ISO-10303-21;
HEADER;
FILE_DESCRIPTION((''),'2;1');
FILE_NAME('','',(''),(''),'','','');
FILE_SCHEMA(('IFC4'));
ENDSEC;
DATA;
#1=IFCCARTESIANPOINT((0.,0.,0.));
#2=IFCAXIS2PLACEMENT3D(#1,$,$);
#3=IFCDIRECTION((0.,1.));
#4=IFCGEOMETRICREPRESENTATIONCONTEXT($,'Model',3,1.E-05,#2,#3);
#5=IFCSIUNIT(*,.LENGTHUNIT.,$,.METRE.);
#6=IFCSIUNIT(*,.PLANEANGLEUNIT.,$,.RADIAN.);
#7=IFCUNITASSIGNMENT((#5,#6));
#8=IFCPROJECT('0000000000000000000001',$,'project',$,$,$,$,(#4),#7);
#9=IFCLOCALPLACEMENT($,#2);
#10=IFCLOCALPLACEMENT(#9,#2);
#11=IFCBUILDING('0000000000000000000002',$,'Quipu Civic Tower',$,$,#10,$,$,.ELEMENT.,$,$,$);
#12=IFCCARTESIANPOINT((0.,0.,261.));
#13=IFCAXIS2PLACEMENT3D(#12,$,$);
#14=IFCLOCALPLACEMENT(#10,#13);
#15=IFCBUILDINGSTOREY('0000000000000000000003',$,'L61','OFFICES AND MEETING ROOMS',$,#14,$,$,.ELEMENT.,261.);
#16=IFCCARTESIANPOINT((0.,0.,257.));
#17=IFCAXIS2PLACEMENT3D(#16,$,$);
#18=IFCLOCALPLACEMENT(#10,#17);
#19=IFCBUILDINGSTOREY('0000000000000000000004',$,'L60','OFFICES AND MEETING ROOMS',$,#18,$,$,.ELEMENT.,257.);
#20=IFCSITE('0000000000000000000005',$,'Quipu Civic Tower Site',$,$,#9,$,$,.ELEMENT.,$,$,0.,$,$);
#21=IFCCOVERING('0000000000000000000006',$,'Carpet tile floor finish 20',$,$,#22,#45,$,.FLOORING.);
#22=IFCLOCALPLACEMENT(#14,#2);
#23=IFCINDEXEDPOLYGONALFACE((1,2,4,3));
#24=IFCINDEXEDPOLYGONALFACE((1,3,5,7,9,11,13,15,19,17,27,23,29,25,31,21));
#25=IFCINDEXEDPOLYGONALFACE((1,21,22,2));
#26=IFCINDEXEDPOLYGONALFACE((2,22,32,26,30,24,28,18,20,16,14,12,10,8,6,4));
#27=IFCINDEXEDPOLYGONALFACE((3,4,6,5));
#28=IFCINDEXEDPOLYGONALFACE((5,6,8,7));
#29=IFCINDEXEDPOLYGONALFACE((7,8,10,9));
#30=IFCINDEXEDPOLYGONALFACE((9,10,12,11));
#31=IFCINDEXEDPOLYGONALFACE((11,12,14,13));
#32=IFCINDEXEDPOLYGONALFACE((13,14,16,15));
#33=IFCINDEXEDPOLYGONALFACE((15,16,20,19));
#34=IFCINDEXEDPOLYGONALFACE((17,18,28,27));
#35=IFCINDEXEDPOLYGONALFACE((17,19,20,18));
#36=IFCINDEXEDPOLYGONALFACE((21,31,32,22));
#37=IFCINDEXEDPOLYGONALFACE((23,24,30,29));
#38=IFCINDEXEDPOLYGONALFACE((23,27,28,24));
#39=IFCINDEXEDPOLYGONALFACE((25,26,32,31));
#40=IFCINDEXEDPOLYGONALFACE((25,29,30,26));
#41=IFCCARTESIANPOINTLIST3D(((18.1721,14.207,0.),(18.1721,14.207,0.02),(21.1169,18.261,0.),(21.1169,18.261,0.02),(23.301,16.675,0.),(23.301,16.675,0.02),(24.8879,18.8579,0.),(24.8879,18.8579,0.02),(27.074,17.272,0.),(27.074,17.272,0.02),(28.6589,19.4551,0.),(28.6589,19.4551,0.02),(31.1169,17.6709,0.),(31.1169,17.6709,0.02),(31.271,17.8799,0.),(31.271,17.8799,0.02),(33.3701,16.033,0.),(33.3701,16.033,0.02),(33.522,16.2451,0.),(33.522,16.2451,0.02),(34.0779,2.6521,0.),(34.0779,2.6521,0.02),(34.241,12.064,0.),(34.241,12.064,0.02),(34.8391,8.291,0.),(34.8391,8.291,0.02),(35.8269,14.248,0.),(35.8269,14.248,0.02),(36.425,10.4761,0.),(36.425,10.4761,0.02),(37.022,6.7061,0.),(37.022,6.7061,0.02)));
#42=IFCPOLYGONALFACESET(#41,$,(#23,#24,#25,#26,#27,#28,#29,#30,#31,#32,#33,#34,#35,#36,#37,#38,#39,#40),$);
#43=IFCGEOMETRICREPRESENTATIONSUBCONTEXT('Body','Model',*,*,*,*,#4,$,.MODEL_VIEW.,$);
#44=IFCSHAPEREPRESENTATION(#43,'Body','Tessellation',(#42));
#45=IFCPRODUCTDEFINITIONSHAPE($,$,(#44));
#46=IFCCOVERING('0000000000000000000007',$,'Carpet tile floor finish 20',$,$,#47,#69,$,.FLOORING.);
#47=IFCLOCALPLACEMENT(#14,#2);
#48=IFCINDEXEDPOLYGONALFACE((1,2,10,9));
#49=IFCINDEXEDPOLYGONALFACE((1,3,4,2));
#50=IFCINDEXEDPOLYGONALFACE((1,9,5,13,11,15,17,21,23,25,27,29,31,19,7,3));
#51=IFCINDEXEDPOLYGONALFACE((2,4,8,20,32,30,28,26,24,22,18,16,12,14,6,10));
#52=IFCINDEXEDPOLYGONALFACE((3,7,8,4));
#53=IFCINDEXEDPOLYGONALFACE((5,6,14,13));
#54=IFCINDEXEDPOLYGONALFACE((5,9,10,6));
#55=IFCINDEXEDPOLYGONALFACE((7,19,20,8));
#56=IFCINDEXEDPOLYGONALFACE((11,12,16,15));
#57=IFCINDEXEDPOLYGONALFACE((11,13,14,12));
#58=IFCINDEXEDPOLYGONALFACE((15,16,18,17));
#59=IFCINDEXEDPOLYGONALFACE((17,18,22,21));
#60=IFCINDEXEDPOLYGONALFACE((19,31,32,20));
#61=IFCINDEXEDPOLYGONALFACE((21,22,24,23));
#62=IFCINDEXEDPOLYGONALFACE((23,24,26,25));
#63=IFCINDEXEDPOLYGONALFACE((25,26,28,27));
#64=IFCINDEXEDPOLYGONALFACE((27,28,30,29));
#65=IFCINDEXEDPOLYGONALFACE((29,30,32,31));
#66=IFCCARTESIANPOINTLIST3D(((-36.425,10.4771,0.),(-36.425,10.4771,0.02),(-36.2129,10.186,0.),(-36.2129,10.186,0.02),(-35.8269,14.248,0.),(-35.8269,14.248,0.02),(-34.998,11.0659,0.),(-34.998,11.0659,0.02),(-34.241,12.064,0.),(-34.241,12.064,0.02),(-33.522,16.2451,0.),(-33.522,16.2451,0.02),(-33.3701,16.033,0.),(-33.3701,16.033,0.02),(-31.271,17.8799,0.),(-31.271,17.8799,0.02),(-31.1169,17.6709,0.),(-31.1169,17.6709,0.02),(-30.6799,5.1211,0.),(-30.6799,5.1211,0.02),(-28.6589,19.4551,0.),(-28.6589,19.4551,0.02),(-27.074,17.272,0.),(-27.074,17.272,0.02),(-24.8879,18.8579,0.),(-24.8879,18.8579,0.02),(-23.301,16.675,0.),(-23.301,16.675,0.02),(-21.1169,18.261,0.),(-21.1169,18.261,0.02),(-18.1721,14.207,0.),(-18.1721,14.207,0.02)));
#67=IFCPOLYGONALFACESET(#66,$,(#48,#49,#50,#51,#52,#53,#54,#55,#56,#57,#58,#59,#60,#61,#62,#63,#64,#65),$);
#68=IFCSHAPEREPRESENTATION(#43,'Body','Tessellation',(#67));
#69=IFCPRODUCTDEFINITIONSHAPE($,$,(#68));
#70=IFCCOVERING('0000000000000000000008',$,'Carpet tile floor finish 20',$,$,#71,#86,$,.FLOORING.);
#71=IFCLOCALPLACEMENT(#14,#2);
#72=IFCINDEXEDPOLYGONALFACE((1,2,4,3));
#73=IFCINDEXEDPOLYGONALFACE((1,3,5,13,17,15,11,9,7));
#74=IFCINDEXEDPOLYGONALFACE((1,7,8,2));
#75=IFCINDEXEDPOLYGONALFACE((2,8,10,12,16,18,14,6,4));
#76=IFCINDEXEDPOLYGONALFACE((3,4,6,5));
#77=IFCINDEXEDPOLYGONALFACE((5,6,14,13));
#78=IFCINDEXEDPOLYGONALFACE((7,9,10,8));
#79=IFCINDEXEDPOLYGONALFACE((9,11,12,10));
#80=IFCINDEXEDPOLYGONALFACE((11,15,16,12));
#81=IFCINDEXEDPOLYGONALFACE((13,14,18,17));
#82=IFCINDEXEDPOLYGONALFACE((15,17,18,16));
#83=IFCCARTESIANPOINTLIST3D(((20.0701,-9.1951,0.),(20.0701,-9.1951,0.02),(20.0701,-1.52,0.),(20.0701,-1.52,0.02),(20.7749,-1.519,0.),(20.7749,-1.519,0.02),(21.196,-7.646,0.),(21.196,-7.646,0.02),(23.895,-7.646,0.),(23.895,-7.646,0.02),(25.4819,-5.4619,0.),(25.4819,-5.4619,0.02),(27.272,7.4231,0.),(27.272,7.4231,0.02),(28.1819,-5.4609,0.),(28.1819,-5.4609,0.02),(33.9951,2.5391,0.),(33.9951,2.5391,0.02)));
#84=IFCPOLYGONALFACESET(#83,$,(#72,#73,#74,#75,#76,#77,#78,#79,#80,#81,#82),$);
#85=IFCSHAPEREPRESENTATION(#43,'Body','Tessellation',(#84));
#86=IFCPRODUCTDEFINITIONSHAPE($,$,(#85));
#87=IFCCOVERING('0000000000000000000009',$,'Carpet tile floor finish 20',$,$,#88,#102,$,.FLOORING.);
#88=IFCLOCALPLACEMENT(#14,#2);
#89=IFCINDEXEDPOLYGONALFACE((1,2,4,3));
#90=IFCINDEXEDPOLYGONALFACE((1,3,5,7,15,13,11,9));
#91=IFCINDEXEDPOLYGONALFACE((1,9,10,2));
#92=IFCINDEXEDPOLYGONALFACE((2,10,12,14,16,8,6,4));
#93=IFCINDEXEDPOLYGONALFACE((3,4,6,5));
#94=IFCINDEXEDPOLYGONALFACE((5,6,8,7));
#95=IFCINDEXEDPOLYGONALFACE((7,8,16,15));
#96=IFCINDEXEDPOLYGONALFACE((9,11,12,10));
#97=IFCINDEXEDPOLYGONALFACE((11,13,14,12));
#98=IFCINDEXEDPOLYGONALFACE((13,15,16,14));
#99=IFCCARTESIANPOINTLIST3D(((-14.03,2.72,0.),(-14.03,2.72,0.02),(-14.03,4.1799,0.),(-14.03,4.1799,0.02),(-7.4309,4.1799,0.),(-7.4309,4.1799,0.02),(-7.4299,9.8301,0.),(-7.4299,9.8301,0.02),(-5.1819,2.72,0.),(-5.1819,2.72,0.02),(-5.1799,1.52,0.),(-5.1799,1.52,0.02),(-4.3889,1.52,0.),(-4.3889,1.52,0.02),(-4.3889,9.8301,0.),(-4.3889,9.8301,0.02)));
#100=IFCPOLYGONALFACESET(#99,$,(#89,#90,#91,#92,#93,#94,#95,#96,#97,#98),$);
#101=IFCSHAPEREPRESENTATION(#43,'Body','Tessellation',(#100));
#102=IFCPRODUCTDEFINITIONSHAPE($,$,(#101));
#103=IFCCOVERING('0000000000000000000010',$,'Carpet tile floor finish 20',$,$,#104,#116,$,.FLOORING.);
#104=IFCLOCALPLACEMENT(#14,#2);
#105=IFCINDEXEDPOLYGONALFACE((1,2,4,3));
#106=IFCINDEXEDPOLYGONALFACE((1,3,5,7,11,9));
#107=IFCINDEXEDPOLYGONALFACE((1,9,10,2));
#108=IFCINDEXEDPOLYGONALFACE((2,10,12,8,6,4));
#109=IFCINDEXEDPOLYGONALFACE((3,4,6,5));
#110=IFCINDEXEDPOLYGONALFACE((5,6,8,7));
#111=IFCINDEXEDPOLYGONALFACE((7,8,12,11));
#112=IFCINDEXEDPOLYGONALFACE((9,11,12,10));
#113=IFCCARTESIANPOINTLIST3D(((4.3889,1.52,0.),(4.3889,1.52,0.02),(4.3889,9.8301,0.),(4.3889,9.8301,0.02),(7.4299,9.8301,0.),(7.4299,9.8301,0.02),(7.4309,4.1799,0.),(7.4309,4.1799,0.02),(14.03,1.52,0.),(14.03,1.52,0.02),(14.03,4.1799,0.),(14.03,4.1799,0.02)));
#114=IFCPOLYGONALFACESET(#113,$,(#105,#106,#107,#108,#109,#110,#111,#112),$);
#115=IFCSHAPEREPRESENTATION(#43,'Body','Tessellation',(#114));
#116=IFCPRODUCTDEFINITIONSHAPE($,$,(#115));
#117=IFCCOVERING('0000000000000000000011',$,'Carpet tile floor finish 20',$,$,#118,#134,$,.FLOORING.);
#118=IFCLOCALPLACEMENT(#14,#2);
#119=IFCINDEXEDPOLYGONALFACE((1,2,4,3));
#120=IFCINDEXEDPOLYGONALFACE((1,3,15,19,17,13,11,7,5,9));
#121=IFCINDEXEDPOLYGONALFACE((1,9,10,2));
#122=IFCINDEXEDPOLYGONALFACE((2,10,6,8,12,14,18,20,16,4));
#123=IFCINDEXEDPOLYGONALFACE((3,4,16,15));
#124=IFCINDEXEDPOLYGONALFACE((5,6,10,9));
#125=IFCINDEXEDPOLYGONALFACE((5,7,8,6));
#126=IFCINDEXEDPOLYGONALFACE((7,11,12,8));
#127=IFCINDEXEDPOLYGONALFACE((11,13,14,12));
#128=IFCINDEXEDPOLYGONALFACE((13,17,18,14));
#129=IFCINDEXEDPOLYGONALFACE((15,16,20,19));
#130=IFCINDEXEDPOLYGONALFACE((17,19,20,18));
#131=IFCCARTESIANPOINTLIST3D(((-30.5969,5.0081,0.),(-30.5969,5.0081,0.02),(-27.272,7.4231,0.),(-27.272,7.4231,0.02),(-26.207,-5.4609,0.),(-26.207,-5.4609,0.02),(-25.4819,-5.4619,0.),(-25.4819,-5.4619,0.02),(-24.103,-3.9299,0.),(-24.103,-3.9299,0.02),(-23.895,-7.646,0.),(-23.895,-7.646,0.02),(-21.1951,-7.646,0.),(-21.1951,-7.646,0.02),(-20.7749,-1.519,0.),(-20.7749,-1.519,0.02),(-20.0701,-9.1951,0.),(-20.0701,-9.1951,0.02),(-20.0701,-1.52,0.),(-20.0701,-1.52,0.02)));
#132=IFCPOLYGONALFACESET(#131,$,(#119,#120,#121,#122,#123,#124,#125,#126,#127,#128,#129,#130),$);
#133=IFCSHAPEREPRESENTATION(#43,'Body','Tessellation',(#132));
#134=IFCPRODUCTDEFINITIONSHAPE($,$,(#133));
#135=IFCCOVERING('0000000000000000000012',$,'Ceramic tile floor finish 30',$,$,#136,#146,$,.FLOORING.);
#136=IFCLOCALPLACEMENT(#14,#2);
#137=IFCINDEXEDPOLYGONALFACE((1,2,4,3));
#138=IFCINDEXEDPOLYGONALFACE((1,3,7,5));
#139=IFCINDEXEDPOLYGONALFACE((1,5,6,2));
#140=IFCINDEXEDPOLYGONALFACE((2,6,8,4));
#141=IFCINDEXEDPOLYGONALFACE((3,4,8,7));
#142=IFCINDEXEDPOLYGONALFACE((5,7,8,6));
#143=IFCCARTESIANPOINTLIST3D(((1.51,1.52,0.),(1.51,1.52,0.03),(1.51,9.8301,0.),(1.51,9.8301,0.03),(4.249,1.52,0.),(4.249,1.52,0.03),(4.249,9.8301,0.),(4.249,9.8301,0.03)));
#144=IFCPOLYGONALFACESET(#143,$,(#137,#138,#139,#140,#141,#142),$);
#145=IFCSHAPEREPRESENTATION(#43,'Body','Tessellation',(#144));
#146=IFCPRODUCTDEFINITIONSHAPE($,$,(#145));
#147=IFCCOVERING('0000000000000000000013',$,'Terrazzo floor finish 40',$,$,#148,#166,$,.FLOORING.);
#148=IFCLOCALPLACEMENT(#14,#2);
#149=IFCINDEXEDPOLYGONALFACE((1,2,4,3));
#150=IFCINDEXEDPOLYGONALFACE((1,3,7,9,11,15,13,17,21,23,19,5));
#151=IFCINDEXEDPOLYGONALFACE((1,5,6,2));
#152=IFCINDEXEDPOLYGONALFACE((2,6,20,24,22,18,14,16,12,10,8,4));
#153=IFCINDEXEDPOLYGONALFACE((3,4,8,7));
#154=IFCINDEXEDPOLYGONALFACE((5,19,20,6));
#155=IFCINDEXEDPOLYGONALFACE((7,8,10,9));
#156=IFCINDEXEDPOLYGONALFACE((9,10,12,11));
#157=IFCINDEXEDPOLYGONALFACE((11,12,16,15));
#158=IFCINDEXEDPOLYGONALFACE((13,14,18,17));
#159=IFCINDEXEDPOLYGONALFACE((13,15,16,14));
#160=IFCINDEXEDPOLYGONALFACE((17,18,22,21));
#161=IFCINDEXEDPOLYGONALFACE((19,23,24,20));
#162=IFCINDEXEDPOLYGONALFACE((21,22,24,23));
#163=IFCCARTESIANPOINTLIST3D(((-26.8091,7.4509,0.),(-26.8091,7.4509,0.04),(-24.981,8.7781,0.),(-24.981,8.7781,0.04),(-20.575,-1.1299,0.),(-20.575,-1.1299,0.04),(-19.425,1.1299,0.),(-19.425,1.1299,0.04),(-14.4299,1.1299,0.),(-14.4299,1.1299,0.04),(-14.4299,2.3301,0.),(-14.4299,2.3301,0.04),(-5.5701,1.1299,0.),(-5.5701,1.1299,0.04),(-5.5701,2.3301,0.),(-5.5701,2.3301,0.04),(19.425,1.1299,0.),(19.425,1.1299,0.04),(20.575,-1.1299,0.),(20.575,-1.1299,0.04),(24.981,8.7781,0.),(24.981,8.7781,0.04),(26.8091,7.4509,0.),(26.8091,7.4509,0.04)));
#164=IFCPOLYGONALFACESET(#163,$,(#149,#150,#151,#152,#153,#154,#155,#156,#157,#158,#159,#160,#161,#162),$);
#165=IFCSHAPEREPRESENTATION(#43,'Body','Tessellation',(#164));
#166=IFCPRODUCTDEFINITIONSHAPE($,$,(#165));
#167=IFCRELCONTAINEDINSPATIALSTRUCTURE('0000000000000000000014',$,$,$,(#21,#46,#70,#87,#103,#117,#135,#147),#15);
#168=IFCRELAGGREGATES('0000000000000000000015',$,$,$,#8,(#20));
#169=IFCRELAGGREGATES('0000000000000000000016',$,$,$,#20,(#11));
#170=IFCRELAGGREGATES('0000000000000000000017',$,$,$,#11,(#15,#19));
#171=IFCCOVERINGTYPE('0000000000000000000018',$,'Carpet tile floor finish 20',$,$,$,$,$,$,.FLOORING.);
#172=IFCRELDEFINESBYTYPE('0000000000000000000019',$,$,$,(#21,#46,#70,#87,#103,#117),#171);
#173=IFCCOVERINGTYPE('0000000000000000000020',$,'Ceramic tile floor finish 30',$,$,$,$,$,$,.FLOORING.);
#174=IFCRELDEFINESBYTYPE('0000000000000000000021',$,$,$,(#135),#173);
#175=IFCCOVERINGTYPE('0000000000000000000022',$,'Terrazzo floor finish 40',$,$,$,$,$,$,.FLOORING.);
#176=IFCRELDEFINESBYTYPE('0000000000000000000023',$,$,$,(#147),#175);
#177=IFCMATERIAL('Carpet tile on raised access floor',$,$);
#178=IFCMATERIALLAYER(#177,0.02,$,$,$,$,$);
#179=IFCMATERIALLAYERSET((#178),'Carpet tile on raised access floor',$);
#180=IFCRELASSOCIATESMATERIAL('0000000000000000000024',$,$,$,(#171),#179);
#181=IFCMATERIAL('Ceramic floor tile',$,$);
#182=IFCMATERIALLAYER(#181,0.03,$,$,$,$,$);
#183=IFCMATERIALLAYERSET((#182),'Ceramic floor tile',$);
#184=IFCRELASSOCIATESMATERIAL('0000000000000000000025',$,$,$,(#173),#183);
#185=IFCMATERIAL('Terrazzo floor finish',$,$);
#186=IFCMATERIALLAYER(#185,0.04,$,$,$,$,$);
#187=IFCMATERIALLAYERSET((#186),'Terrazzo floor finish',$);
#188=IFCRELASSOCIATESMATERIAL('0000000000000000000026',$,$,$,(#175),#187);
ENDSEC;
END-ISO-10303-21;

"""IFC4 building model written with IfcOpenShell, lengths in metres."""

from ifc_helpers import new_model, si_unit, direction, frame, origin, place, context, subcontext, project, spatial, polyline, outline, extrude, material, layer, layer_set, type_object, element, save


model = new_model("IFC4")

# Units and contexts
model_context = context("Model", 3, precision=1e-05, world=origin(), true_north=direction((0.0, 1.0)))
body_context = subcontext(model_context, "Body", "Model", "MODEL_VIEW")
ifc_project = project(units=[si_unit("LENGTHUNIT", "METRE"), si_unit("PLANEANGLEUNIT", "RADIAN")], contexts=[model_context])

# Site, building, storey
site_placement = place(None, origin())
site = spatial("IfcSite", under=ifc_project, at=site_placement, Name="Quipu Civic Tower Site", CompositionType="ELEMENT", RefElevation=0.0)
building_placement = place(site_placement, origin())
building = spatial("IfcBuilding", under=site, at=building_placement, Name="Quipu Civic Tower", CompositionType="ELEMENT")
storey_1_placement = place(building_placement, frame((0.0, 0.0, 261.0)))
storey_1 = spatial("IfcBuildingStorey", under=building, at=storey_1_placement, Name="L61", Description="OFFICES AND MEETING ROOMS", CompositionType="ELEMENT", Elevation=261.0)

# Shared definitions
storey_2_placement = place(building_placement, frame((0.0, 0.0, 257.0)))
storey_2 = spatial("IfcBuildingStorey", under=building, at=storey_2_placement, Name="L60", Description="OFFICES AND MEETING ROOMS", CompositionType="ELEMENT", Elevation=257.0)

# Coverings
ifc_material_1 = material(Name="Carpet tile on raised access floor")
ifc_layer_1 = layer(ifc_material_1, 0.02)
ifc_layer_set_1 = layer_set([ifc_layer_1], Name="Carpet tile on raised access floor")
covering_type_1 = type_object("IfcCoveringType", Name="Carpet tile floor finish 20", PredefinedType="FLOORING", material=ifc_layer_set_1)
covering_1_placement = place(storey_1_placement, origin())
element("IfcCovering", 1, at=covering_1_placement, inside=storey_1, type_object=covering_type_1, Name="Carpet tile floor finish 20", PredefinedType="FLOORING", context=body_context, shape_type="SweptSolid", body=[
    extrude(outline(polyline([(18.1721, 14.207), (21.1169, 18.261), (23.301, 16.675), (24.8879, 18.8579), (27.074, 17.272), (28.6589, 19.4551), (31.1169, 17.6709), (31.271, 17.8799), (33.522, 16.2451), (33.3701, 16.033), (35.8269, 14.248), (34.241, 12.064), (36.425, 10.4761), (34.8391, 8.291), (37.022, 6.7061), (34.0779, 2.6521), (18.1721, 14.207)])), origin(), (0.0, 0.0, 1.0), 0.02),
])
covering_2_placement = place(storey_1_placement, origin())
element("IfcCovering", 2, at=covering_2_placement, inside=storey_1, type_object=covering_type_1, Name="Carpet tile floor finish 20", PredefinedType="FLOORING", context=body_context, shape_type="SweptSolid", body=[
    extrude(outline(polyline([(-36.425, 10.4771), (-34.241, 12.064), (-35.8269, 14.248), (-33.3701, 16.033), (-33.522, 16.2451), (-31.271, 17.8799), (-31.1169, 17.6709), (-28.6589, 19.4551), (-27.074, 17.272), (-24.8879, 18.8579), (-23.301, 16.675), (-21.1169, 18.261), (-18.1721, 14.207), (-30.6799, 5.1211), (-34.998, 11.0659), (-36.2129, 10.186), (-36.425, 10.4771)])), origin(), (0.0, 0.0, 1.0), 0.02),
])
covering_3_placement = place(storey_1_placement, origin())
element("IfcCovering", 3, at=covering_3_placement, inside=storey_1, type_object=covering_type_1, Name="Carpet tile floor finish 20", PredefinedType="FLOORING", context=body_context, shape_type="SweptSolid", body=[
    extrude(outline(polyline([(20.0701, -9.1951), (20.0701, -1.52), (20.7749, -1.519), (27.272, 7.4231), (33.9951, 2.5391), (28.1819, -5.4609), (25.4819, -5.4619), (23.895, -7.646), (21.196, -7.646), (20.0701, -9.1951)])), origin(), (0.0, 0.0, 1.0), 0.02),
])
covering_4_placement = place(storey_1_placement, origin())
element("IfcCovering", 4, at=covering_4_placement, inside=storey_1, type_object=covering_type_1, Name="Carpet tile floor finish 20", PredefinedType="FLOORING", context=body_context, shape_type="SweptSolid", body=[
    extrude(outline(polyline([(-14.03, 2.72), (-14.03, 4.1799), (-7.4309, 4.1799), (-7.4299, 9.8301), (-4.3889, 9.8301), (-4.3889, 1.52), (-5.1799, 1.52), (-5.1819, 2.72), (-14.03, 2.72)])), origin(), (0.0, 0.0, 1.0), 0.02),
])
covering_5_placement = place(storey_1_placement, origin())
element("IfcCovering", 5, at=covering_5_placement, inside=storey_1, type_object=covering_type_1, Name="Carpet tile floor finish 20", PredefinedType="FLOORING", context=body_context, shape_type="SweptSolid", body=[
    extrude(outline(polyline([(4.3889, 1.52), (4.3889, 9.8301), (7.4299, 9.8301), (7.4309, 4.1799), (14.03, 4.1799), (14.03, 1.52), (4.3889, 1.52)])), origin(), (0.0, 0.0, 1.0), 0.02),
])
covering_6_placement = place(storey_1_placement, origin())
element("IfcCovering", 6, at=covering_6_placement, inside=storey_1, type_object=covering_type_1, Name="Carpet tile floor finish 20", PredefinedType="FLOORING", context=body_context, shape_type="SweptSolid", body=[
    extrude(outline(polyline([(-30.5969, 5.0081), (-27.272, 7.4231), (-20.7749, -1.519), (-20.0701, -1.52), (-20.0701, -9.1951), (-21.1951, -7.646), (-23.895, -7.646), (-25.4819, -5.4619), (-26.207, -5.4609), (-24.103, -3.9299), (-30.5969, 5.0081)])), origin(), (0.0, 0.0, 1.0), 0.02),
])
ifc_material_2 = material(Name="Ceramic floor tile")
ifc_layer_2 = layer(ifc_material_2, 0.03)
ifc_layer_set_2 = layer_set([ifc_layer_2], Name="Ceramic floor tile")
covering_type_2 = type_object("IfcCoveringType", Name="Ceramic tile floor finish 30", PredefinedType="FLOORING", material=ifc_layer_set_2)
covering_7_placement = place(storey_1_placement, origin())
element("IfcCovering", 7, at=covering_7_placement, inside=storey_1, type_object=covering_type_2, Name="Ceramic tile floor finish 30", PredefinedType="FLOORING", context=body_context, shape_type="SweptSolid", body=[
    extrude(outline(polyline([(1.51, 1.52), (1.51, 9.8301), (4.249, 9.8301), (4.249, 1.52), (1.51, 1.52)])), origin(), (0.0, 0.0, 1.0), 0.03),
])
ifc_material_3 = material(Name="Terrazzo floor finish")
ifc_layer_3 = layer(ifc_material_3, 0.04)
ifc_layer_set_3 = layer_set([ifc_layer_3], Name="Terrazzo floor finish")
covering_type_3 = type_object("IfcCoveringType", Name="Terrazzo floor finish 40", PredefinedType="FLOORING", material=ifc_layer_set_3)
covering_8_placement = place(storey_1_placement, origin())
element("IfcCovering", 8, at=covering_8_placement, inside=storey_1, type_object=covering_type_3, Name="Terrazzo floor finish 40", PredefinedType="FLOORING", context=body_context, shape_type="SweptSolid", body=[
    extrude(outline(polyline([(19.425, 1.1299), (24.981, 8.7781), (26.8091, 7.4509), (20.575, -1.1299), (-20.575, -1.1299), (-26.8091, 7.4509), (-24.981, 8.7781), (-19.425, 1.1299), (-14.4299, 1.1299), (-14.4299, 2.3301), (-5.5701, 2.3301), (-5.5701, 1.1299), (19.425, 1.1299)])), origin(), (0.0, 0.0, 1.0), 0.04),
])

save(model, "model.ifc")
